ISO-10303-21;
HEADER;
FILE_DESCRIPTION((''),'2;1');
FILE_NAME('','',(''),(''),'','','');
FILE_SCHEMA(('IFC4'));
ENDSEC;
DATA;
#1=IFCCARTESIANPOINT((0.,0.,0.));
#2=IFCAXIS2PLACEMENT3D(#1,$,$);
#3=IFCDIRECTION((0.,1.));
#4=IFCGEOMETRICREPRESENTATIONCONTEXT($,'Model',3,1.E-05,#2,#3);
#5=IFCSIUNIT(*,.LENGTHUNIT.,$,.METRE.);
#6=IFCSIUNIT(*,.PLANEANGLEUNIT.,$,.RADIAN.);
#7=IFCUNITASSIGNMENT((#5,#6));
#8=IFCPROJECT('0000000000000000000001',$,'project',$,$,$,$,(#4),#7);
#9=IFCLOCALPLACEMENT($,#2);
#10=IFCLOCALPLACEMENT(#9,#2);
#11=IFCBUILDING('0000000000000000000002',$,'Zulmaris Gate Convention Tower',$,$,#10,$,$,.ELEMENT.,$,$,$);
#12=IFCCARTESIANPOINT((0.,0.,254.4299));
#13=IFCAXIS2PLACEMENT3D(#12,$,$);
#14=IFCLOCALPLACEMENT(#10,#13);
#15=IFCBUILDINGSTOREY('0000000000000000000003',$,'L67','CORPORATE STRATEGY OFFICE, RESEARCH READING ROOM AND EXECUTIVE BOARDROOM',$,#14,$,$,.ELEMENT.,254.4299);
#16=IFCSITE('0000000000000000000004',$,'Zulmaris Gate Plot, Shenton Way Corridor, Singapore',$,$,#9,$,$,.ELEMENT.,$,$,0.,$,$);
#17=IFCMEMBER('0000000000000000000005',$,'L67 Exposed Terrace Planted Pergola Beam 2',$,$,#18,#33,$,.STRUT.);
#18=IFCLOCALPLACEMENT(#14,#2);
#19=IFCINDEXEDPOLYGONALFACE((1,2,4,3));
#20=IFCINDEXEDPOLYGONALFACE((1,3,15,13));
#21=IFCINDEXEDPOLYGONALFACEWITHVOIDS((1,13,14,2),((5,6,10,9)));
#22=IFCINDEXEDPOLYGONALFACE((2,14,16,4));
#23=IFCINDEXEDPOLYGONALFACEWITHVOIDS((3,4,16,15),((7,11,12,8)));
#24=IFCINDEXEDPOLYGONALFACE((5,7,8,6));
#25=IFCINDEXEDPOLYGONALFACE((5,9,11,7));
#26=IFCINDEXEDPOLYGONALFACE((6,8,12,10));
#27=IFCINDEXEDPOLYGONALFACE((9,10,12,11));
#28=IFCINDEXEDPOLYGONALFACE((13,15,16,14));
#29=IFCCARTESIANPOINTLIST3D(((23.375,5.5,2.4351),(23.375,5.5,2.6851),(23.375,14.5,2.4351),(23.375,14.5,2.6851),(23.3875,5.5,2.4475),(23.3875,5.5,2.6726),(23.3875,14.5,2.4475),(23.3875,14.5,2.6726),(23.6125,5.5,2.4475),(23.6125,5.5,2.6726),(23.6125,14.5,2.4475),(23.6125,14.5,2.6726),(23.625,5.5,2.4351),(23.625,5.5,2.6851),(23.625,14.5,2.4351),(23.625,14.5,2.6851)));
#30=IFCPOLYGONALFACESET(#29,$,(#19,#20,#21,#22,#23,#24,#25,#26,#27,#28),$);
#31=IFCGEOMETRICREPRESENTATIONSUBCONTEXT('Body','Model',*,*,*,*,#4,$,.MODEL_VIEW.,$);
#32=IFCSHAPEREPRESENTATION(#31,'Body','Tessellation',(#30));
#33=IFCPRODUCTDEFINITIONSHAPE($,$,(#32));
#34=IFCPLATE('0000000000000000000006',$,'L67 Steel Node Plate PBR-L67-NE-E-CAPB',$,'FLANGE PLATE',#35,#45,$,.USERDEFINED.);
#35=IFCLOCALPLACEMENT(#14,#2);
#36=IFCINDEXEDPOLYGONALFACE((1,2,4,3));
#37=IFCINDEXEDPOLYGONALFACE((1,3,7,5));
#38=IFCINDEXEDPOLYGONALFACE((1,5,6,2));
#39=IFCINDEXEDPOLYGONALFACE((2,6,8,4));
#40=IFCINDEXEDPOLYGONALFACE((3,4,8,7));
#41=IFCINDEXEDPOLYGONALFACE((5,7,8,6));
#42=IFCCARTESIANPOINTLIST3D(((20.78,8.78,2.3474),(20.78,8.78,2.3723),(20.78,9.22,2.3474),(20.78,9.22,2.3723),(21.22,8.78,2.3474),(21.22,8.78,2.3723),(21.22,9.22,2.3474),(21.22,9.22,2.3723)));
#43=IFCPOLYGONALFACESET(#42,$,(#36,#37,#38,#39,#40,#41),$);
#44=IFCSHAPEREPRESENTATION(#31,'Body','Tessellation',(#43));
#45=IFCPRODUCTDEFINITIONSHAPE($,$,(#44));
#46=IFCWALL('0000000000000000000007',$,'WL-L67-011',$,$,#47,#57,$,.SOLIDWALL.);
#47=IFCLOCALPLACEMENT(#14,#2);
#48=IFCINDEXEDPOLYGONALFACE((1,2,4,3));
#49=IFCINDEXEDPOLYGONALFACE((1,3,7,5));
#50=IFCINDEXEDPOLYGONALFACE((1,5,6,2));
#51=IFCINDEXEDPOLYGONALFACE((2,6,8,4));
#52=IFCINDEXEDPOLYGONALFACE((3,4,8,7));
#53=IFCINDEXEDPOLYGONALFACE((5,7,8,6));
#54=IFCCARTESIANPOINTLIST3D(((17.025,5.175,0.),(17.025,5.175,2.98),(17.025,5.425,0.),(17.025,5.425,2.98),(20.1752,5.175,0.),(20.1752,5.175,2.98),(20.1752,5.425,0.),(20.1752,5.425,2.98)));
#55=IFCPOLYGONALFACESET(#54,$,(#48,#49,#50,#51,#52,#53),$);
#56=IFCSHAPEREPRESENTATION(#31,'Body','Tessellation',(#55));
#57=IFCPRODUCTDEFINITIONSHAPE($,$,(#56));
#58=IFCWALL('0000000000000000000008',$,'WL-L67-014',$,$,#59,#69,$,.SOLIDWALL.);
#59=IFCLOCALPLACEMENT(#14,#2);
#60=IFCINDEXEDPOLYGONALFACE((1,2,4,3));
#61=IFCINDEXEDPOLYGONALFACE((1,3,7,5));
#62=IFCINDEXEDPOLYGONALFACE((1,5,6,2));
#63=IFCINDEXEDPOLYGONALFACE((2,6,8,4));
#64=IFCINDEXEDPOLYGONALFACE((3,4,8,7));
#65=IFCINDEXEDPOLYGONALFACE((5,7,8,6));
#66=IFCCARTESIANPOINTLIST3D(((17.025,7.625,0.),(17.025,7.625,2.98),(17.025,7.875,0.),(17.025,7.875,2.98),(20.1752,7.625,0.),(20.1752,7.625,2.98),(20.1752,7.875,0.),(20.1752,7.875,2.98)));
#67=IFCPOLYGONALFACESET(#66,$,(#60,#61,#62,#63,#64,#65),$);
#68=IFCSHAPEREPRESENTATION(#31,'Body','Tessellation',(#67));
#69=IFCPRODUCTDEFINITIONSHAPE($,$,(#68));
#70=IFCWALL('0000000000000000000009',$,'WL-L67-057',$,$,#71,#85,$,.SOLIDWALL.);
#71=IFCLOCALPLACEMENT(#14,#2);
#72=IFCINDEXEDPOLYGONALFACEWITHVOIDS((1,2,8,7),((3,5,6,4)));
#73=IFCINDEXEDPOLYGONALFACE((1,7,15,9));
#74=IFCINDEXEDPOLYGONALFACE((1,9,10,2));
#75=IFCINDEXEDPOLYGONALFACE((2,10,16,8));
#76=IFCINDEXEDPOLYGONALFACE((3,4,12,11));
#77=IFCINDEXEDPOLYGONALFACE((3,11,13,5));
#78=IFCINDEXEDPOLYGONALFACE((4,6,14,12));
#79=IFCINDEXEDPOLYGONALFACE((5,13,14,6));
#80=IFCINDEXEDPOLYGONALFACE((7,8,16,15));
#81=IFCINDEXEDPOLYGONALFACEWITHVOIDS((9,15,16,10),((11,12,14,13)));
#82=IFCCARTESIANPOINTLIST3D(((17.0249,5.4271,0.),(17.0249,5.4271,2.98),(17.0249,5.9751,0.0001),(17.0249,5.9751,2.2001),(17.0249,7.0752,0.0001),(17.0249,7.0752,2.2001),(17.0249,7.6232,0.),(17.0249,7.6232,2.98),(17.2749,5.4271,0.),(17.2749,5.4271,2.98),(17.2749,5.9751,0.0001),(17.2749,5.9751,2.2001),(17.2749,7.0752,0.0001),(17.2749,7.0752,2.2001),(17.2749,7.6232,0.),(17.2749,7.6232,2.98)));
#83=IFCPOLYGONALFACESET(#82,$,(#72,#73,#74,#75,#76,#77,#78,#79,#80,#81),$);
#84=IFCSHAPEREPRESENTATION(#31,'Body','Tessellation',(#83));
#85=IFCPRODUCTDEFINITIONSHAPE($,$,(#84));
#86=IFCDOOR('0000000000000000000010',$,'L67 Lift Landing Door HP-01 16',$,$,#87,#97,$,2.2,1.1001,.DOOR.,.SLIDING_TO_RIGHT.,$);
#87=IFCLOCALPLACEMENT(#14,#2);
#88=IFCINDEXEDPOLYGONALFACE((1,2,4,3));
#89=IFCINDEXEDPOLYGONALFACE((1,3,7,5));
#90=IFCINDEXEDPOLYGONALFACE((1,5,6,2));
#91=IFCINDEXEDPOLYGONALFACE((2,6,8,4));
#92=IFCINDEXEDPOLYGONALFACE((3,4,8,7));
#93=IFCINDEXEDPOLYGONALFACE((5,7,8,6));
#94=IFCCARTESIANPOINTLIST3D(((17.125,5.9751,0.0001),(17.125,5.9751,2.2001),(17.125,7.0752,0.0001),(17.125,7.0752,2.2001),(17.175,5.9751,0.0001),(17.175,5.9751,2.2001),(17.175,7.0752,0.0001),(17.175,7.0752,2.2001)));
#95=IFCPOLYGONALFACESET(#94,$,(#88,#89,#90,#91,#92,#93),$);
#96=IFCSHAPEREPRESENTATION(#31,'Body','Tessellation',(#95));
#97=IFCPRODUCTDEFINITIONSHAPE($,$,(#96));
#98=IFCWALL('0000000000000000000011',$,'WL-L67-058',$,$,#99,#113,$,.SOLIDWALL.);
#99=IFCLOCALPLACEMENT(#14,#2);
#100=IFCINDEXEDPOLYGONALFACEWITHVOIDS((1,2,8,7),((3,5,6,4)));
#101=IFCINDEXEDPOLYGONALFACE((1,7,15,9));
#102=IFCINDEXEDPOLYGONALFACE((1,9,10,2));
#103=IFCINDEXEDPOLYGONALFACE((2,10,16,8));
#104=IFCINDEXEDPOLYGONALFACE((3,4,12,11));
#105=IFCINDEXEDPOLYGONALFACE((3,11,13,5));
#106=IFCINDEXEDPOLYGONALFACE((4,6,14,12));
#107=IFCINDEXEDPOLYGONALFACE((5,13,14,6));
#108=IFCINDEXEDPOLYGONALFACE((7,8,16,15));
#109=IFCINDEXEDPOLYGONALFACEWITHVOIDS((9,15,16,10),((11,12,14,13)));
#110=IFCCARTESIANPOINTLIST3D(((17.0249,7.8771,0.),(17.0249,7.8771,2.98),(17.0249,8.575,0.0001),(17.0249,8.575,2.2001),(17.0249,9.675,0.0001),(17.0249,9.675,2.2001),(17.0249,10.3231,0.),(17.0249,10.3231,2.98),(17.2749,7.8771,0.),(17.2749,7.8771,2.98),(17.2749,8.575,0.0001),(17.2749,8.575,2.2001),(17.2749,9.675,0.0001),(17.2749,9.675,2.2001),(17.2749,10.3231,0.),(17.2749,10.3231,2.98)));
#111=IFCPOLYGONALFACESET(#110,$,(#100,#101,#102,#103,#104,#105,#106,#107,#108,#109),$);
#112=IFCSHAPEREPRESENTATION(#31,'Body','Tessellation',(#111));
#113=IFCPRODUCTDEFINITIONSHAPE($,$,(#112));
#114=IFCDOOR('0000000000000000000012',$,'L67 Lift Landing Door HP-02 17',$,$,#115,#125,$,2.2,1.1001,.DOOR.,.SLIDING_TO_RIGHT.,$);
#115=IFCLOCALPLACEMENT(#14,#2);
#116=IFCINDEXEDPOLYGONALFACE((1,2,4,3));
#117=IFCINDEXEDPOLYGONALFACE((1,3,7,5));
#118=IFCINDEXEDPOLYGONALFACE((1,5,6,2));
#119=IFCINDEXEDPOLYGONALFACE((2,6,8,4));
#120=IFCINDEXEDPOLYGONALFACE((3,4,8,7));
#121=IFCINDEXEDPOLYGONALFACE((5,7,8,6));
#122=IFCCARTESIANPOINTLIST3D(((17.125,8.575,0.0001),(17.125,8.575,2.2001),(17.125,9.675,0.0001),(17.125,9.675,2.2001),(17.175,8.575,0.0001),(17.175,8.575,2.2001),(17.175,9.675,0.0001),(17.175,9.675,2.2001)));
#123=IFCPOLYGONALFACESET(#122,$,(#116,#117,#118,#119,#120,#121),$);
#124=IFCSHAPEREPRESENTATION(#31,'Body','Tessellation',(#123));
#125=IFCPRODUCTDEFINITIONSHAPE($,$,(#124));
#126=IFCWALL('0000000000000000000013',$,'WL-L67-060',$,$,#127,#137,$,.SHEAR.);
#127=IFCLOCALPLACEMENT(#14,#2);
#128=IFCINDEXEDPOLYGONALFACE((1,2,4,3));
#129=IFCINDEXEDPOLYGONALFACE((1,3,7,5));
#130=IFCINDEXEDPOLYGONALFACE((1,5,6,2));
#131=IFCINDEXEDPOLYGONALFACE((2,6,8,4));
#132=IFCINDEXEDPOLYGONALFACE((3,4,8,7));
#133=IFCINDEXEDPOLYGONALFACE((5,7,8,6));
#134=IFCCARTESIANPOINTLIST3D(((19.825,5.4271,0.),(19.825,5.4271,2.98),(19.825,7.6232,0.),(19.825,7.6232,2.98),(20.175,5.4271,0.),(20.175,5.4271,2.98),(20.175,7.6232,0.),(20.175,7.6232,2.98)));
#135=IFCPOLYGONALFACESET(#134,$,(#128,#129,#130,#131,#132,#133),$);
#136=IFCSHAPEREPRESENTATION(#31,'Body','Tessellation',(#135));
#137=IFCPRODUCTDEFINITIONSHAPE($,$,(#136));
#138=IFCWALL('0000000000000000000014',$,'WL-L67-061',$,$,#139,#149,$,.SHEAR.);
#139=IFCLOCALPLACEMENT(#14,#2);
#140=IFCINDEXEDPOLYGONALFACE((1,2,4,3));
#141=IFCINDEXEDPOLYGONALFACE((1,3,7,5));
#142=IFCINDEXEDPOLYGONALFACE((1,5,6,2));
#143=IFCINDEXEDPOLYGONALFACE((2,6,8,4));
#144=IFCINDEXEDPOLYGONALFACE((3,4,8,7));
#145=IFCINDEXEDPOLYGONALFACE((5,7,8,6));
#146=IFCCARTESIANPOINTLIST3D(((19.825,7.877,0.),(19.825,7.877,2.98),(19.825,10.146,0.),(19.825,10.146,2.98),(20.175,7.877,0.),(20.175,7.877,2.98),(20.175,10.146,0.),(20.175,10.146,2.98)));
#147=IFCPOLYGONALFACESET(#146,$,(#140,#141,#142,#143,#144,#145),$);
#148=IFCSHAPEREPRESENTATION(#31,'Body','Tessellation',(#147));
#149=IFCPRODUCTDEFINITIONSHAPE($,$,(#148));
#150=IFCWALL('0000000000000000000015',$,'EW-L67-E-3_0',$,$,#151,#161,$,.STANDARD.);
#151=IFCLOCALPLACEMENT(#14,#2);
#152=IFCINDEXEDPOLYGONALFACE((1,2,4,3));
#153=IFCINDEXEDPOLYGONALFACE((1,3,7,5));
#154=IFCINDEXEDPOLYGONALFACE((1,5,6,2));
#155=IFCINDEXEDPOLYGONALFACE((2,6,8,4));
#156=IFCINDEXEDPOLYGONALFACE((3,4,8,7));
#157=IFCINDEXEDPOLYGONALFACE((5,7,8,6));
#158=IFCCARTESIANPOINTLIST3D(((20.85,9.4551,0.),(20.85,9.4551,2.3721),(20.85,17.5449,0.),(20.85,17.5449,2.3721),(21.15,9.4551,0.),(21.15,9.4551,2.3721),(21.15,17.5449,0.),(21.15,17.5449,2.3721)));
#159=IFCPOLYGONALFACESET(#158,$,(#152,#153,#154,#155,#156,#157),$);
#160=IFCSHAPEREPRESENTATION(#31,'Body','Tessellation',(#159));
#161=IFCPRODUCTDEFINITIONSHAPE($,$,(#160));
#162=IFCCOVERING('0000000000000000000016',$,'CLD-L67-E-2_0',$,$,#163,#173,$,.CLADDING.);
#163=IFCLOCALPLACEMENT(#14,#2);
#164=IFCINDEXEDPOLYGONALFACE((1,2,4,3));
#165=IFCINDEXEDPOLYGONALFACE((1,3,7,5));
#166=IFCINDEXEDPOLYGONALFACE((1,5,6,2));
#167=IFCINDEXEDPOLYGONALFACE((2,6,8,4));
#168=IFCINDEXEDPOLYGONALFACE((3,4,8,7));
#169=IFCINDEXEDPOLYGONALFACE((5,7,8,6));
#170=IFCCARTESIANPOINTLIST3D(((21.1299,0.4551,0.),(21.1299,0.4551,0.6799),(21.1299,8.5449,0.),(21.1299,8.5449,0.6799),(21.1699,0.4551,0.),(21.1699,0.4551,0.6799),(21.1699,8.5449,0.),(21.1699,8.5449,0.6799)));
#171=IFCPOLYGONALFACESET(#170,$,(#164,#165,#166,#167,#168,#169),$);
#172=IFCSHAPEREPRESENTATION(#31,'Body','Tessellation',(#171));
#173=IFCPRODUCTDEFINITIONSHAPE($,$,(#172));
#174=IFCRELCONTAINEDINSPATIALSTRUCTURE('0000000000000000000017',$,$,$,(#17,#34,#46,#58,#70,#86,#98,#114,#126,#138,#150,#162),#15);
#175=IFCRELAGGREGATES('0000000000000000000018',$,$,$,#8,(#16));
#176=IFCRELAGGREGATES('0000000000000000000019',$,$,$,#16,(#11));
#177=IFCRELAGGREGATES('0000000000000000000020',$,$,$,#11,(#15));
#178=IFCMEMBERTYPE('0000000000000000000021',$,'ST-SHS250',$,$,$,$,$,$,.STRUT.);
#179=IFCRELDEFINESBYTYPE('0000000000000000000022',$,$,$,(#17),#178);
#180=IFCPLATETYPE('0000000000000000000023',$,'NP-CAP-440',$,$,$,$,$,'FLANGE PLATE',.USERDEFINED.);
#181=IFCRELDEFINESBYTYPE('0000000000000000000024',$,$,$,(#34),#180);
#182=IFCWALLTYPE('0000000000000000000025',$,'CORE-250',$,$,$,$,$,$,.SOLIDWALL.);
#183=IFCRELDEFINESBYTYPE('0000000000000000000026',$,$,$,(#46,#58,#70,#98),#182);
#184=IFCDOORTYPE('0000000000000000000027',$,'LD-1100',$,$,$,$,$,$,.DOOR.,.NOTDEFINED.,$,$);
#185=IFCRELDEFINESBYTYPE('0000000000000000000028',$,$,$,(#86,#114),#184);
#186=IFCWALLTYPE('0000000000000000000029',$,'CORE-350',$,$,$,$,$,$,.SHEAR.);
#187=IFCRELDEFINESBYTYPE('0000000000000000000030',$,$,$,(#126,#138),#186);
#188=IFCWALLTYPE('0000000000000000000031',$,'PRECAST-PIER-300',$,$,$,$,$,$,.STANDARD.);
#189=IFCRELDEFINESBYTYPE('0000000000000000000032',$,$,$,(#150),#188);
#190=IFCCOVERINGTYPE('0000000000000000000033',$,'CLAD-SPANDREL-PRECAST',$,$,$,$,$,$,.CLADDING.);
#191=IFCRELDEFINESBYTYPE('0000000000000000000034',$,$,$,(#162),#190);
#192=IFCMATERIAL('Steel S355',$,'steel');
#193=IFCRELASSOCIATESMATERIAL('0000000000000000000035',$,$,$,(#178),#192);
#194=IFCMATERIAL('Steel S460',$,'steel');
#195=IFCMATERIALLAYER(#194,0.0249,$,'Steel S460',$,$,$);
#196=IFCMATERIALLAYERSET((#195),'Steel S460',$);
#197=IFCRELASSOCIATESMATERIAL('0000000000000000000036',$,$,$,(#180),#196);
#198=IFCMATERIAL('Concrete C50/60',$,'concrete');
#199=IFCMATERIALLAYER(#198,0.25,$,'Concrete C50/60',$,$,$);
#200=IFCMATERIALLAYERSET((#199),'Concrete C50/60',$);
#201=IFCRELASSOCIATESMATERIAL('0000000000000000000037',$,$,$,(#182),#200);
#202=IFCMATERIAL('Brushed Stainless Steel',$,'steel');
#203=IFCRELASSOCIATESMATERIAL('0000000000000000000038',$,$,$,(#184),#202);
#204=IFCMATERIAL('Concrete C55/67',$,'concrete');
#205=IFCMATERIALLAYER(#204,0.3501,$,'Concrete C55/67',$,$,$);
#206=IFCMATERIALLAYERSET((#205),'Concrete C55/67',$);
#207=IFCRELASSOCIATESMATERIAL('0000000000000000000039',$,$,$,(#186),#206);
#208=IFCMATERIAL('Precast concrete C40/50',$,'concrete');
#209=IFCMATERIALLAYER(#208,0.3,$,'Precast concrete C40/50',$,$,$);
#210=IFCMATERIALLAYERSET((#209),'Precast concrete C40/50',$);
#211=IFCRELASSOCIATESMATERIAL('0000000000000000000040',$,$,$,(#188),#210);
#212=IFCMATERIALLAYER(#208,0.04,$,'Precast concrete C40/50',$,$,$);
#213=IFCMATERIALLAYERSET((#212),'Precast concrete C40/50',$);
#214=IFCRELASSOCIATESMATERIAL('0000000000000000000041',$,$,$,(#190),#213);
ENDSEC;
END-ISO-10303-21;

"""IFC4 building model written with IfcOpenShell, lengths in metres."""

from ifc_helpers import new_model, si_unit, direction, frame, frame_2d, origin, origin_2d, place, context, subcontext, project, spatial, rectangle, hollow_rectangle, extrude, material, layer, layer_set, material_profile, profile_set, type_object, element, fill, save


model = new_model("IFC4")

# Units and contexts
model_context = context("Model", 3, precision=1e-05, world=origin(), true_north=direction((0.0, 1.0)))
body_context = subcontext(model_context, "Body", "Model", "MODEL_VIEW")
ifc_project = project(units=[si_unit("LENGTHUNIT", "METRE"), si_unit("PLANEANGLEUNIT", "RADIAN")], contexts=[model_context])

# Site, building, storey
site_placement = place(None, origin())
site = spatial("IfcSite", under=ifc_project, at=site_placement, Name="Zulmaris Gate Plot, Shenton Way Corridor, Singapore", CompositionType="ELEMENT", RefElevation=0.0)
building_placement = place(site_placement, origin())
building = spatial("IfcBuilding", under=site, at=building_placement, Name="Zulmaris Gate Convention Tower", CompositionType="ELEMENT")
storey_placement = place(building_placement, frame((0.0, 0.0, 254.4299)))
storey = spatial("IfcBuildingStorey", under=building, at=storey_placement, Name="L67", Description="CORPORATE STRATEGY OFFICE, RESEARCH READING ROOM AND EXECUTIVE BOARDROOM", CompositionType="ELEMENT", Elevation=254.4299)

# Shared definitions
ifc_material_1 = material(Name="Steel S355", Category="steel")

# Member
ifc_material_profile_1 = material_profile(ifc_material_1, hollow_rectangle(XDim=0.25, YDim=0.25, WallThickness=0.0125, at=origin_2d()), Name="SHS 250x250x12.5")
ifc_profile_set_1 = profile_set([ifc_material_profile_1], Name="Steel S355")
member_type = type_object("IfcMemberType", Name="ST-SHS250", PredefinedType="STRUT", material=ifc_profile_set_1)
member_1_placement = place(storey_placement, frame((23.5, 5.5, 2.5601), z_axis=(0.0, 1.0, 0.0), x_axis=(-1.0, 0.0, 0.0)))
element("IfcMember", 1, at=member_1_placement, inside=storey, type_object=member_type, Name="L67 Exposed Terrace Planted Pergola Beam 2", PredefinedType="STRUT", context=body_context, shape_type="SweptSolid", body=[
    extrude(hollow_rectangle(XDim=0.25, YDim=0.25, WallThickness=0.0125, at=origin_2d()), origin(), (0.0, 0.0, 1.0), 9.0),
])

# Plate
ifc_material_2 = material(Name="Steel S460", Category="steel")
ifc_layer_1 = layer(ifc_material_2, 0.0249, Name="Steel S460")
ifc_layer_set_1 = layer_set([ifc_layer_1], Name="Steel S460")
plate_type = type_object("IfcPlateType", Name="NP-CAP-440", ElementType="FLANGE PLATE", PredefinedType="USERDEFINED", material=ifc_layer_set_1)
plate_placement = place(storey_placement, frame((21.0, 9.0, 2.3474), z_axis=(0.0, 0.0, 1.0), x_axis=(1.0, 0.0, 0.0)))
element("IfcPlate", 2, at=plate_placement, inside=storey, type_object=plate_type, Name="L67 Steel Node Plate PBR-L67-NE-E-CAPB", ObjectType="FLANGE PLATE", PredefinedType="USERDEFINED", context=body_context, shape_type="SweptSolid", body=[
    extrude(rectangle(XDim=0.4399, YDim=0.4399, at=origin_2d()), origin(), (0.0, 0.0, 1.0), 0.0249),
])

# Walls
ifc_material_3 = material(Name="Concrete C50/60", Category="concrete")
ifc_layer_2 = layer(ifc_material_3, 0.25, Name="Concrete C50/60")
ifc_layer_set_2 = layer_set([ifc_layer_2], Name="Concrete C50/60")
wall_type_1 = type_object("IfcWallType", Name="CORE-250", PredefinedType="SOLIDWALL", material=ifc_layer_set_2)
for number, where, z_axis, x_axis, name in (
    (3, (17.0249, 5.3, 0.0), (0.0, 0.0, 1.0), (1.0, 0.0, 0.0), "WL-L67-011"),
    (4, (17.0249, 7.75, 0.0), (0.0, 0.0, 1.0), (1.0, 0.0, 0.0), "WL-L67-014"),
):
    element("IfcWall", number, at=place(storey_placement, frame(where, z_axis=z_axis, x_axis=x_axis)), inside=storey, type_object=wall_type_1, Name=name, PredefinedType="SOLIDWALL", context=body_context, shape_type="SweptSolid", body=[
        extrude(rectangle(XDim=3.1501, YDim=0.25, at=frame_2d((1.5752, 0.0))), origin(), (0.0, 0.0, 1.0), 2.98),
    ])

# Walls, openings, doors
wall_1_placement = place(storey_placement, frame((17.1499, 5.427, 0.0), z_axis=(0.0, 0.0, 1.0), x_axis=(0.0, 1.0, 0.0)))
wall_1 = element("IfcWall", 5, at=wall_1_placement, inside=storey, type_object=wall_type_1, Name="WL-L67-057", PredefinedType="SOLIDWALL", context=body_context, shape_type="SweptSolid", body=[
    extrude(rectangle(XDim=2.196, YDim=0.25, at=frame_2d((1.0981, 0.0))), origin(), (0.0, 0.0, 1.0), 2.98),
])
opening_1_placement = place(wall_1_placement, frame((0.5481, 0.0, 0.0)))
opening_1 = element("IfcOpeningElement", 6, at=opening_1_placement, cuts=wall_1, PredefinedType="OPENING", context=body_context, shape_type="SweptSolid", body=[
    extrude(rectangle(XDim=1.1001, YDim=2.2, at=frame_2d((0.55, 1.1001))), frame((0.0, 0.135, 0.0), z_axis=(0.0, -1.0, 0.0), x_axis=(1.0, 0.0, 0.0)), (0.0, 0.0, 1.0), 0.27),
])
ifc_material_4 = material(Name="Brushed Stainless Steel", Category="steel")
door_type_1 = type_object("IfcDoorType", Name="LD-1100", OperationType="NOTDEFINED", PredefinedType="DOOR", material=ifc_material_4)
door_1_placement = place(opening_1_placement, origin())
door_1 = element("IfcDoor", 7, at=door_1_placement, inside=storey, type_object=door_type_1, Name="L67 Lift Landing Door HP-01 16", OperationType="SLIDING_TO_RIGHT", OverallHeight=2.2, OverallWidth=1.1001, PredefinedType="DOOR", context=body_context, shape_type="SweptSolid", body=[
    extrude(rectangle(XDim=1.1001, YDim=2.2, at=frame_2d((0.55, 1.1001))), frame((0.0, 0.0249, 0.0), z_axis=(0.0, -1.0, 0.0), x_axis=(1.0, 0.0, 0.0)), (0.0, 0.0, 1.0), 0.05),
])
fill(opening_1, door_1)
wall_2_placement = place(storey_placement, frame((17.1499, 7.877, 0.0), z_axis=(0.0, 0.0, 1.0), x_axis=(0.0, 1.0, 0.0)))
wall_2 = element("IfcWall", 8, at=wall_2_placement, inside=storey, type_object=wall_type_1, Name="WL-L67-058", PredefinedType="SOLIDWALL", context=body_context, shape_type="SweptSolid", body=[
    extrude(rectangle(XDim=2.446, YDim=0.25, at=frame_2d((1.2231, 0.0))), origin(), (0.0, 0.0, 1.0), 2.98),
])
opening_2_placement = place(wall_2_placement, frame((0.698, 0.0, 0.0)))
opening_2 = element("IfcOpeningElement", 9, at=opening_2_placement, cuts=wall_2, PredefinedType="OPENING", context=body_context, shape_type="SweptSolid", body=[
    extrude(rectangle(XDim=1.1001, YDim=2.2, at=frame_2d((0.55, 1.1001))), frame((0.0, 0.135, 0.0), z_axis=(0.0, -1.0, 0.0), x_axis=(1.0, 0.0, 0.0)), (0.0, 0.0, 1.0), 0.27),
])
door_2_placement = place(opening_2_placement, origin())
door_2 = element("IfcDoor", 10, at=door_2_placement, inside=storey, type_object=door_type_1, Name="L67 Lift Landing Door HP-02 17", OperationType="SLIDING_TO_RIGHT", OverallHeight=2.2, OverallWidth=1.1001, PredefinedType="DOOR", context=body_context, shape_type="SweptSolid", body=[
    extrude(rectangle(XDim=1.1001, YDim=2.2, at=frame_2d((0.55, 1.1001))), frame((0.0, 0.0249, 0.0), z_axis=(0.0, -1.0, 0.0), x_axis=(1.0, 0.0, 0.0)), (0.0, 0.0, 1.0), 0.05),
])
fill(opening_2, door_2)

# Walls
ifc_material_5 = material(Name="Concrete C55/67", Category="concrete")
ifc_layer_3 = layer(ifc_material_5, 0.3501, Name="Concrete C55/67")
ifc_layer_set_3 = layer_set([ifc_layer_3], Name="Concrete C55/67")
wall_type_2 = type_object("IfcWallType", Name="CORE-350", PredefinedType="SHEAR", material=ifc_layer_set_3)
wall_3_placement = place(storey_placement, frame((20.0, 5.427, 0.0), z_axis=(0.0, 0.0, 1.0), x_axis=(0.0, 1.0, 0.0)))
element("IfcWall", 11, at=wall_3_placement, inside=storey, type_object=wall_type_2, Name="WL-L67-060", PredefinedType="SHEAR", context=body_context, shape_type="SweptSolid", body=[
    extrude(rectangle(XDim=2.196, YDim=0.3501, at=frame_2d((1.0981, 0.0))), origin(), (0.0, 0.0, 1.0), 2.98),
])
wall_4_placement = place(storey_placement, frame((20.0, 7.877, 0.0), z_axis=(0.0, 0.0, 1.0), x_axis=(0.0, 1.0, 0.0)))
element("IfcWall", 12, at=wall_4_placement, inside=storey, type_object=wall_type_2, Name="WL-L67-061", PredefinedType="SHEAR", context=body_context, shape_type="SweptSolid", body=[
    extrude(rectangle(XDim=2.269, YDim=0.3501, at=frame_2d((1.1345, 0.0))), origin(), (0.0, 0.0, 1.0), 2.98),
])

# Shared definitions
ifc_material_6 = material(Name="Precast concrete C40/50", Category="concrete")
ifc_layer_4 = layer(ifc_material_6, 0.3, Name="Precast concrete C40/50")
ifc_layer_set_4 = layer_set([ifc_layer_4], Name="Precast concrete C40/50")
wall_type_3 = type_object("IfcWallType", Name="PRECAST-PIER-300", PredefinedType="STANDARD", material=ifc_layer_set_4)

# Wall
wall_5_placement = place(storey_placement, frame((21.0, 9.4551, 0.0), z_axis=(0.0, 0.0, 1.0), x_axis=(0.0, 1.0, 0.0)))
element("IfcWall", 13, at=wall_5_placement, inside=storey, type_object=wall_type_3, Name="EW-L67-E-3_0", PredefinedType="STANDARD", context=body_context, shape_type="SweptSolid", body=[
    extrude(rectangle(XDim=8.0898, YDim=0.3, at=frame_2d((4.0449, 0.0))), origin(), (0.0, 0.0, 1.0), 2.3721),
])

# Covering
ifc_layer_5 = layer(ifc_material_6, 0.04, Name="Precast concrete C40/50")
ifc_layer_set_5 = layer_set([ifc_layer_5], Name="Precast concrete C40/50")
covering_type = type_object("IfcCoveringType", Name="CLAD-SPANDREL-PRECAST", PredefinedType="CLADDING", material=ifc_layer_set_5)
for number, where, z_axis, x_axis, name in (
    (14, (21.1499, 0.4551, 0.0), (0.0, 0.0, 1.0), (0.0, 1.0, 0.0), "CLD-L67-E-2_0"),
):
    element("IfcCovering", number, at=place(storey_placement, frame(where, z_axis=z_axis, x_axis=x_axis)), inside=storey, type_object=covering_type, Name=name, PredefinedType="CLADDING", context=body_context, shape_type="SweptSolid", body=[
        extrude(rectangle(XDim=8.0898, YDim=0.04, at=frame_2d((4.0449, 0.0))), origin(), (0.0, 0.0, 1.0), 0.6799),
    ])

save(model, "model.ifc")
